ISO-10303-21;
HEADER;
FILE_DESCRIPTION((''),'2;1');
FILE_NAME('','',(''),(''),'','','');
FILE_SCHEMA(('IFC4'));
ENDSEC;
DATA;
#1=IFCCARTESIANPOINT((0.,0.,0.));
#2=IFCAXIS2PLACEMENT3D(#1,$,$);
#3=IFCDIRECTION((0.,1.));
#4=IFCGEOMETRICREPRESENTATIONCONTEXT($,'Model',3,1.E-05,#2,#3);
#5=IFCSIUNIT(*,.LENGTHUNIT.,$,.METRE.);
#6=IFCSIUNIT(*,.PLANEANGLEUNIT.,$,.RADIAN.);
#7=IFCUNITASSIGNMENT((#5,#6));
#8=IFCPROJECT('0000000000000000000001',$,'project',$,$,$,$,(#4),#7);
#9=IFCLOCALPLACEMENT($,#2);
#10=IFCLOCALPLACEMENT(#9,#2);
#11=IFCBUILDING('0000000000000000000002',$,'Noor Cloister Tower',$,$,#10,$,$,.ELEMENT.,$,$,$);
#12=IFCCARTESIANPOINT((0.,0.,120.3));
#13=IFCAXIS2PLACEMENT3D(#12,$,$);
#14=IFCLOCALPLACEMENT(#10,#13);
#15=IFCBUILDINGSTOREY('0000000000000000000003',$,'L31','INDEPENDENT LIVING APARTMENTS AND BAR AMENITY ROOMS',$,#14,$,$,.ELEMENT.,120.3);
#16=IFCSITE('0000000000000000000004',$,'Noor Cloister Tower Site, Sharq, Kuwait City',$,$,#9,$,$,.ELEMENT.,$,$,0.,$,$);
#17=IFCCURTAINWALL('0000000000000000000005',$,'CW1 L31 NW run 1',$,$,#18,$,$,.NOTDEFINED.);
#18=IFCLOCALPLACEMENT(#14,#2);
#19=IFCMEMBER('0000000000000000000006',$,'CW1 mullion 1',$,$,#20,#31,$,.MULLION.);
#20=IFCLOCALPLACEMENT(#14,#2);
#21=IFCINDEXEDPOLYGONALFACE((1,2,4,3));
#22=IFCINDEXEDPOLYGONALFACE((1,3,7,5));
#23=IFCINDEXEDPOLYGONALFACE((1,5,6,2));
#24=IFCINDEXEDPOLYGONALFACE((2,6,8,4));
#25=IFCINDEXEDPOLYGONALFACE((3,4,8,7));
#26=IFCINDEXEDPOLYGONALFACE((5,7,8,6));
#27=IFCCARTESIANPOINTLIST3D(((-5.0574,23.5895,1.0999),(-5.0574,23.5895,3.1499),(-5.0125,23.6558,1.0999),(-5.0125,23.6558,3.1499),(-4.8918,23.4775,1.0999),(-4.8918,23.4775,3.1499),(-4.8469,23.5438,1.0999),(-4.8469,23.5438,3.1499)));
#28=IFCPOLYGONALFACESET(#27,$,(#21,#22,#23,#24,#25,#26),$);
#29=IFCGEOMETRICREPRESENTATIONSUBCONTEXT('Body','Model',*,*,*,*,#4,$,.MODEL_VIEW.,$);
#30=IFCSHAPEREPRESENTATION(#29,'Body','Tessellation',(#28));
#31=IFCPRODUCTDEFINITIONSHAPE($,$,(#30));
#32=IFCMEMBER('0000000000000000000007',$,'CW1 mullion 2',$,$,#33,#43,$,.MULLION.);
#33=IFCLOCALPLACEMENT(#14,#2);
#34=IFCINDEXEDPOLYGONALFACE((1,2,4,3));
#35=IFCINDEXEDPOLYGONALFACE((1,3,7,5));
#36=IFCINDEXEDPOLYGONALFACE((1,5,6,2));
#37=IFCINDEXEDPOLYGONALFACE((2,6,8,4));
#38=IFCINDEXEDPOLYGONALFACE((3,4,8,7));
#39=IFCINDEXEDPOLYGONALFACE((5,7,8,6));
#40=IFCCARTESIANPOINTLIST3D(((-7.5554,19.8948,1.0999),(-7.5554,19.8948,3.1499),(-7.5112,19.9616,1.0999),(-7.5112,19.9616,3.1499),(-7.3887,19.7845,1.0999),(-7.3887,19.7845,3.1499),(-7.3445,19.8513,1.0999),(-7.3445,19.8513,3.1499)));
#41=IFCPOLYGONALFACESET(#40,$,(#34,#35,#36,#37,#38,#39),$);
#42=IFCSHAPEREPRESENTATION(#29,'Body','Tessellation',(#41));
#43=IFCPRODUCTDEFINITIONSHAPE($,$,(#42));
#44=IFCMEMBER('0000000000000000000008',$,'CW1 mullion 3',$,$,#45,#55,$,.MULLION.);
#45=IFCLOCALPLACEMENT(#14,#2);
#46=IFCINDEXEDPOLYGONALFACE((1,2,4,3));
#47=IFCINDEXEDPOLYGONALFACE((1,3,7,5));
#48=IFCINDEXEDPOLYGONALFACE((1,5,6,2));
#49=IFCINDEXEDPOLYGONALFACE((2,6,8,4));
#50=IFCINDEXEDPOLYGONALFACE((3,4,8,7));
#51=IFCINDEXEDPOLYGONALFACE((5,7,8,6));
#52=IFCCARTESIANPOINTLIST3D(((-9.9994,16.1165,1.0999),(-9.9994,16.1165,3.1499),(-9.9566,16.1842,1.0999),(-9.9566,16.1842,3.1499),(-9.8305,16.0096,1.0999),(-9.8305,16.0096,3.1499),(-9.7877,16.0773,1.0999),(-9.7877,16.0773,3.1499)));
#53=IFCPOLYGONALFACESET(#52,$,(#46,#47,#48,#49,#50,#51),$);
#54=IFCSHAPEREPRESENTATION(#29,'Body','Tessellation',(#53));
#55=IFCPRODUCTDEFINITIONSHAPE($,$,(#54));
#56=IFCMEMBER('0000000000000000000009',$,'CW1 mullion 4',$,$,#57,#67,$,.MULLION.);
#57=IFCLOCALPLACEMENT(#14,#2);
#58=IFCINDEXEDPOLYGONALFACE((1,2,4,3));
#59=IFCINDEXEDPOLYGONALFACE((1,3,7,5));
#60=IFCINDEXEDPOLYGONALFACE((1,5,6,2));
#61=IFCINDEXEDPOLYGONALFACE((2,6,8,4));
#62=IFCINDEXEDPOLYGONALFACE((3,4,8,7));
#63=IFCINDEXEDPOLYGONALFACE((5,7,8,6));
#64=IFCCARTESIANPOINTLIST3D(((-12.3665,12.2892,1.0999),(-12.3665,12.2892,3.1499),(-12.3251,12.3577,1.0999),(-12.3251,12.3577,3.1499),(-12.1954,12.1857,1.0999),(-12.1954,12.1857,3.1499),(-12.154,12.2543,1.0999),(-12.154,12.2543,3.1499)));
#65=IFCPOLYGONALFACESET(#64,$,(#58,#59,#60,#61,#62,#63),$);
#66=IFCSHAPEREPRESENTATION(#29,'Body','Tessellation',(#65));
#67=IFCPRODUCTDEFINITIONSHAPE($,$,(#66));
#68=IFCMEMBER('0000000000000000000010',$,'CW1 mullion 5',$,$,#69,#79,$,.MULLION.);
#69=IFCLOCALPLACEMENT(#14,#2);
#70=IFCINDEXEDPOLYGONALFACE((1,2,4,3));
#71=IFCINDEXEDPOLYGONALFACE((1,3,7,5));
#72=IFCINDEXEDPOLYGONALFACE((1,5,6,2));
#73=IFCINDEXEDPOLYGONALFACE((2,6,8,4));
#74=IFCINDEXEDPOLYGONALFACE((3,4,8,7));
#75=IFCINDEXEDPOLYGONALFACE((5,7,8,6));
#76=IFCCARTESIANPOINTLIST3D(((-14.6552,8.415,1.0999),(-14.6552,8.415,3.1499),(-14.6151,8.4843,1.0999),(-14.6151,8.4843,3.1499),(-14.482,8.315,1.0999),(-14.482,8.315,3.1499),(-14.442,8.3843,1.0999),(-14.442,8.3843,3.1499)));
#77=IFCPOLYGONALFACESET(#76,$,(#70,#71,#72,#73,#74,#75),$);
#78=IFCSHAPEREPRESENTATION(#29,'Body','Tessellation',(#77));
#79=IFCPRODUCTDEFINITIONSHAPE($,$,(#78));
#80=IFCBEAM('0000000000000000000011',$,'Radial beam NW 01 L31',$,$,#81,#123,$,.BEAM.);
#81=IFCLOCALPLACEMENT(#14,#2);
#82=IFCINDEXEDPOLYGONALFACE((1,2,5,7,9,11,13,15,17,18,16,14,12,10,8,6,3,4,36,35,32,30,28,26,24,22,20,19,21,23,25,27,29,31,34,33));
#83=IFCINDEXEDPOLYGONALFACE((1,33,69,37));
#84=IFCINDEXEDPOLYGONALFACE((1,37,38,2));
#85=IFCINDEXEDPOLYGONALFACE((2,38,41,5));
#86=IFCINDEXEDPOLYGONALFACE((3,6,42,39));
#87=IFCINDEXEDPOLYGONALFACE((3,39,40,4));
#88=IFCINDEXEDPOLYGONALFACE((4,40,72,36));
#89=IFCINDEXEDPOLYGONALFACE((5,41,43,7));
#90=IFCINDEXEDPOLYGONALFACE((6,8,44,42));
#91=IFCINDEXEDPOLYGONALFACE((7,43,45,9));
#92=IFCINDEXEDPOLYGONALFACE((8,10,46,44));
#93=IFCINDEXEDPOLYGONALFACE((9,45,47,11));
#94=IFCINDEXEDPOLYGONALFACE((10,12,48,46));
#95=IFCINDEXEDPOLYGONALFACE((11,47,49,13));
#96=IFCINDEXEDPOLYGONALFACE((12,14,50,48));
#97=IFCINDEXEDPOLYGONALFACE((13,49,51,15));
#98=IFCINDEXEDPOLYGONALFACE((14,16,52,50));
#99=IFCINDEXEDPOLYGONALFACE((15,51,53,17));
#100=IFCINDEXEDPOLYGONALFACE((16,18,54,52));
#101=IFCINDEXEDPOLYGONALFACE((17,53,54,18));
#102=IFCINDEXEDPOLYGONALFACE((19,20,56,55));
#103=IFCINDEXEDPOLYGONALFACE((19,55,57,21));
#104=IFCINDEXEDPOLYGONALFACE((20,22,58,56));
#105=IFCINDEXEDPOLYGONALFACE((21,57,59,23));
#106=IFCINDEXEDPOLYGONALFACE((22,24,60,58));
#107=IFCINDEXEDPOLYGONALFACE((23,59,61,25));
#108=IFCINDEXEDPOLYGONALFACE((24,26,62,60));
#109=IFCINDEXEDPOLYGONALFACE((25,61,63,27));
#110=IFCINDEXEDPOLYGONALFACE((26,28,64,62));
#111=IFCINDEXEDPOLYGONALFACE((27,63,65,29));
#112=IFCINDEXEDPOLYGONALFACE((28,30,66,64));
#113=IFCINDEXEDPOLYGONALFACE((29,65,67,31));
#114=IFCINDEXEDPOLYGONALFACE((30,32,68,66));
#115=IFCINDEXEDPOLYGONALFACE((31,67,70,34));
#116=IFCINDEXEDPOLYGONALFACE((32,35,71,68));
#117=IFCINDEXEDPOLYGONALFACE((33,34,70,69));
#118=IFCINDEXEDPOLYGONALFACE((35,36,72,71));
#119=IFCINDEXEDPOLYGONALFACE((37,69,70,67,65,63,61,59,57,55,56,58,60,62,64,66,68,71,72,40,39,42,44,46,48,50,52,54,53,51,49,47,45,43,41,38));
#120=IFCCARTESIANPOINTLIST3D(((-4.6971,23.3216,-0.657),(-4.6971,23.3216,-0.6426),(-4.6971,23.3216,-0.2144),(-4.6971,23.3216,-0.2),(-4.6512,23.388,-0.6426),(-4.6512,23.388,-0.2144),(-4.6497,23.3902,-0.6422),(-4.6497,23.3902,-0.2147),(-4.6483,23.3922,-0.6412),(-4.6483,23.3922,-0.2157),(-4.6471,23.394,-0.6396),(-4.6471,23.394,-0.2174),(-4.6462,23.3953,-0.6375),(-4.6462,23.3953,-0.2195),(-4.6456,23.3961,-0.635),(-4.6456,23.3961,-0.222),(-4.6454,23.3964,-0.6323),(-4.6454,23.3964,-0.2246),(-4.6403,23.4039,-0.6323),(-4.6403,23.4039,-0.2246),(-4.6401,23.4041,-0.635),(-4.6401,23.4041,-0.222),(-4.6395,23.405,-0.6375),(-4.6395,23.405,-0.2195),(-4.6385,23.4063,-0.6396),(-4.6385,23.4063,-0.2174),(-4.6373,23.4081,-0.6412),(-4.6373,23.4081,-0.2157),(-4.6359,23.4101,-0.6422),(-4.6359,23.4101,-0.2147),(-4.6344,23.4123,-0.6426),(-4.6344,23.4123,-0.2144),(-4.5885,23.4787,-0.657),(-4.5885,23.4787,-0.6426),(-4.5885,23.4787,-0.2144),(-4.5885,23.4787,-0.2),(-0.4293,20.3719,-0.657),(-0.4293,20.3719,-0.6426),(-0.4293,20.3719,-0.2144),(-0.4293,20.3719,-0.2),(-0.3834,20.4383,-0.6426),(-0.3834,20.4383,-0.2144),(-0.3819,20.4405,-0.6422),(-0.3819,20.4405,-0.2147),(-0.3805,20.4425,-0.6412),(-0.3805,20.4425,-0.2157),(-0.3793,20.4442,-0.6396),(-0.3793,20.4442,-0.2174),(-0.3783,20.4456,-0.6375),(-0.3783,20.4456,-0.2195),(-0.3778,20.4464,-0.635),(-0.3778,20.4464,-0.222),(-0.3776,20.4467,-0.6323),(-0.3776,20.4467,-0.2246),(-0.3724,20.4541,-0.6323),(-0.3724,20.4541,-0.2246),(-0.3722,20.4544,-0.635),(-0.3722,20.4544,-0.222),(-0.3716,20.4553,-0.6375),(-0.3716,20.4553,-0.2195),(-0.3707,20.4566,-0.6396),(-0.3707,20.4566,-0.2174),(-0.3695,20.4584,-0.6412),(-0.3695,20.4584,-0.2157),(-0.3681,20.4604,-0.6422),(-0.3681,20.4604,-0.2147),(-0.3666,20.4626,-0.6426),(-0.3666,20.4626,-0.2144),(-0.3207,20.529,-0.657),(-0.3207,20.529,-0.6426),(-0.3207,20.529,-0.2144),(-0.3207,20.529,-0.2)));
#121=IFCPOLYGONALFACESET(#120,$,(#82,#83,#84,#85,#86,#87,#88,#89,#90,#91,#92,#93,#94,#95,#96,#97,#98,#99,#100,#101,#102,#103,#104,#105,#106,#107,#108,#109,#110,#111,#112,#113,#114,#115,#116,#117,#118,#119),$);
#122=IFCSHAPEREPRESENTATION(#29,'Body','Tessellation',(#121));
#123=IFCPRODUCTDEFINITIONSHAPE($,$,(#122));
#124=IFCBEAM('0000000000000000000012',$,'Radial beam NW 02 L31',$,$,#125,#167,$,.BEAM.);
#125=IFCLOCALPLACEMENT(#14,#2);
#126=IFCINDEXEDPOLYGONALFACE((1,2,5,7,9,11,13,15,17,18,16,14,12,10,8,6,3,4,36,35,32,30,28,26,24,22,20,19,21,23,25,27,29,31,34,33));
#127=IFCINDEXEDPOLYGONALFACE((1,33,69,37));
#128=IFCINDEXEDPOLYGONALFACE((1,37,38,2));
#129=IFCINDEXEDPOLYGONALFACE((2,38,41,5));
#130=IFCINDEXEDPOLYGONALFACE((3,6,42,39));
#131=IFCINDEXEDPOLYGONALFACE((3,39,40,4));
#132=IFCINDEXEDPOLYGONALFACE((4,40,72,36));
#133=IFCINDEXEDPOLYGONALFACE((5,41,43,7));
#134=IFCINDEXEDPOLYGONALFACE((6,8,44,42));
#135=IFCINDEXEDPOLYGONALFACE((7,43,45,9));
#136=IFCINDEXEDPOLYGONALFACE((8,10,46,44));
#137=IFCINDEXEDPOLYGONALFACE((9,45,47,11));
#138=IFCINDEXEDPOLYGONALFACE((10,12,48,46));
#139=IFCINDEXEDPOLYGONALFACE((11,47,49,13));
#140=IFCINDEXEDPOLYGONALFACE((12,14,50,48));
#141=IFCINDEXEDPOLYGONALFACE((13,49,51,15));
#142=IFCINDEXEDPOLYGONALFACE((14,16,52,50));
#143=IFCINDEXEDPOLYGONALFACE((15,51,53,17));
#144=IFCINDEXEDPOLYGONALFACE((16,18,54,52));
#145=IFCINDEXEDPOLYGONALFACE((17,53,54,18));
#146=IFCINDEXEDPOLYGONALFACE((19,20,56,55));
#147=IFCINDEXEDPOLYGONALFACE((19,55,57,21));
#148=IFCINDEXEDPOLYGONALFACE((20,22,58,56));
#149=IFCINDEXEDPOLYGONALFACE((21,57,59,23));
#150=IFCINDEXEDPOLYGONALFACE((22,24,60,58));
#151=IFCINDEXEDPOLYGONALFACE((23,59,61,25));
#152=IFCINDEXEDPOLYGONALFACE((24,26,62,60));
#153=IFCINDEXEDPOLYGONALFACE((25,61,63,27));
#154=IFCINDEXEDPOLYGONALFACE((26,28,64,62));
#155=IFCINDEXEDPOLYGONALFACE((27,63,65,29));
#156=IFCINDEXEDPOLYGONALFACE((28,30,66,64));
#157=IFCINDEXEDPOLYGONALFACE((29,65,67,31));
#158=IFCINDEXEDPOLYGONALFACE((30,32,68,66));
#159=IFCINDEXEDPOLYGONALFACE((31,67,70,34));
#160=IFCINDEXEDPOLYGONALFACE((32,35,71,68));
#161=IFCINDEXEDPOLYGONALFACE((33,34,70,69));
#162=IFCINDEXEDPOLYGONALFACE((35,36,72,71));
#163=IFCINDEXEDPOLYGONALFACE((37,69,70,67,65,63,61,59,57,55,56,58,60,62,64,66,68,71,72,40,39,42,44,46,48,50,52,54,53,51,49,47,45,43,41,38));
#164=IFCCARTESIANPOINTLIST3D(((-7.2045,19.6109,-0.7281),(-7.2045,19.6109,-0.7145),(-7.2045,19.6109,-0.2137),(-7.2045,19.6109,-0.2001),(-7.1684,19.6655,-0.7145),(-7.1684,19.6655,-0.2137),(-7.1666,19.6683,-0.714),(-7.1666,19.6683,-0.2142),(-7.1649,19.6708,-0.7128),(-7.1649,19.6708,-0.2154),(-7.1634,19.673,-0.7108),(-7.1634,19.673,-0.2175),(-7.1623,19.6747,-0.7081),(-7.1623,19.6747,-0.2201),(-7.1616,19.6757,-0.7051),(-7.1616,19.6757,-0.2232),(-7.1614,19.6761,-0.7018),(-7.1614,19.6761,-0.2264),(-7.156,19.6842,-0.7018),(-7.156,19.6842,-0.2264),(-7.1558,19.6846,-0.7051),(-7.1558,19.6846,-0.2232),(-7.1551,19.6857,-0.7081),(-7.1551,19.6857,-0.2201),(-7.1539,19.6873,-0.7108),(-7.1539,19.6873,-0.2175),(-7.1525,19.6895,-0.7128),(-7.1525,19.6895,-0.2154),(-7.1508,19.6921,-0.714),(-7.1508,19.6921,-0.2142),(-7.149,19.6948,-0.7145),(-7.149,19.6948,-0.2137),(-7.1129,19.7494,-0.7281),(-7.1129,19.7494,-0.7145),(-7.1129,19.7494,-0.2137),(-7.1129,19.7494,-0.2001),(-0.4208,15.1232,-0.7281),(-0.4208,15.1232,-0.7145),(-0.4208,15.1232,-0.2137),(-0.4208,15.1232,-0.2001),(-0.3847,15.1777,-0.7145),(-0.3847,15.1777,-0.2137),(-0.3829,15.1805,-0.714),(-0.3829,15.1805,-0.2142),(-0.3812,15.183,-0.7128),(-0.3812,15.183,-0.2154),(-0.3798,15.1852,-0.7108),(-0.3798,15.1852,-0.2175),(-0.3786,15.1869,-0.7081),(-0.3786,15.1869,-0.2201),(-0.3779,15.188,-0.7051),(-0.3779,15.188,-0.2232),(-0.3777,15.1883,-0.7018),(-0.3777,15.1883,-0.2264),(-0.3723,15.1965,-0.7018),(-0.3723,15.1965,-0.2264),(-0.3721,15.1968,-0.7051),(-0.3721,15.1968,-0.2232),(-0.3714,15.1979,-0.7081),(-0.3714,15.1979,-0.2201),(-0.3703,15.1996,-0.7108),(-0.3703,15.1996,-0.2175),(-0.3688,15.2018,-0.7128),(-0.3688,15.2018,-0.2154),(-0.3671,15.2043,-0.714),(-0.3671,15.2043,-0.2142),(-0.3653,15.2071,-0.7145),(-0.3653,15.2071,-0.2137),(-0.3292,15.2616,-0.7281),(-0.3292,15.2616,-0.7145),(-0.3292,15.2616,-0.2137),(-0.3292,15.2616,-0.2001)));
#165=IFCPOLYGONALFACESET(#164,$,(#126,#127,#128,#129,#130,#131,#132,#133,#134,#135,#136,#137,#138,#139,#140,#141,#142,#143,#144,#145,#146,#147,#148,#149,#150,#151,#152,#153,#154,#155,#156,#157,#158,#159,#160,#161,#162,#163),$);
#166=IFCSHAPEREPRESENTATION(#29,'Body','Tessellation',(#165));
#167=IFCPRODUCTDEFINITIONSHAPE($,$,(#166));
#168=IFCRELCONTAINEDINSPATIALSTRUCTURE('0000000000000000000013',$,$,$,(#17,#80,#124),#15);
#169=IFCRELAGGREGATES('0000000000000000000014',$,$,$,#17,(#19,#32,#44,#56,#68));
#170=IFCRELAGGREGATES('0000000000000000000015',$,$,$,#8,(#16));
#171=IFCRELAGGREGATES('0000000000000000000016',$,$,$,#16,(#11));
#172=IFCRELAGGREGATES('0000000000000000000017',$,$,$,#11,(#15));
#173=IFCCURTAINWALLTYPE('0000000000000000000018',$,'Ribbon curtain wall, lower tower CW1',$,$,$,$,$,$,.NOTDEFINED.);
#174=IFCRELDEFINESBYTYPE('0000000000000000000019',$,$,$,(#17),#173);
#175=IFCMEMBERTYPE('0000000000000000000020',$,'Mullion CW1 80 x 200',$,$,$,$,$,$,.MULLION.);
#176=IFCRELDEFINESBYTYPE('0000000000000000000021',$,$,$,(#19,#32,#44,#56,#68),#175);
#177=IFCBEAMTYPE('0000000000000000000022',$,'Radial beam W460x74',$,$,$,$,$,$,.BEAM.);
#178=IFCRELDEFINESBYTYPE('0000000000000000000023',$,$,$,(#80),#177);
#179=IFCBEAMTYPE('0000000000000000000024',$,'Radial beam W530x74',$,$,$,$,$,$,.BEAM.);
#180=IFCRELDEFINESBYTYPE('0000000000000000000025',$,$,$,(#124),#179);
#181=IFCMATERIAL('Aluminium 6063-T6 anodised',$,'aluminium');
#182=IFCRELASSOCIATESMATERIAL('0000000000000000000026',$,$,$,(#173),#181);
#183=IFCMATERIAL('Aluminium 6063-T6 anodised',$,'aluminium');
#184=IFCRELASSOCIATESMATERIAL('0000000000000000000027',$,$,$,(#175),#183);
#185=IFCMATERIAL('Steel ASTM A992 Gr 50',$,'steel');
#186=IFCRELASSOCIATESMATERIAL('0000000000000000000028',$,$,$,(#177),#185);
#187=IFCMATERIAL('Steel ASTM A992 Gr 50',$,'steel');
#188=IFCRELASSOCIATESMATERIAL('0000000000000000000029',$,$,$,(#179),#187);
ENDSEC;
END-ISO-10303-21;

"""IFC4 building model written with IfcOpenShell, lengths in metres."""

from ifc_helpers import new_model, si_unit, direction, frame, origin, origin_2d, place, context, subcontext, project, spatial, rectangle, i_section, extrude, material, material_profile, profile_set, type_object, element, aggregate, save


model = new_model("IFC4")

# Units and contexts
model_context = context("Model", 3, precision=1e-05, world=origin(), true_north=direction((0.0, 1.0)))
body_context = subcontext(model_context, "Body", "Model", "MODEL_VIEW")
ifc_project = project(units=[si_unit("LENGTHUNIT", "METRE"), si_unit("PLANEANGLEUNIT", "RADIAN")], contexts=[model_context])

# Site, building, storey
site_placement = place(None, origin())
site = spatial("IfcSite", under=ifc_project, at=site_placement, Name="Noor Cloister Tower Site, Sharq, Kuwait City", CompositionType="ELEMENT", RefElevation=0.0)
building_placement = place(site_placement, origin())
building = spatial("IfcBuilding", under=site, at=building_placement, Name="Noor Cloister Tower", CompositionType="ELEMENT")
storey_placement = place(building_placement, frame((0.0, 0.0, 120.3)))
storey = spatial("IfcBuildingStorey", under=building, at=storey_placement, Name="L31", Description="INDEPENDENT LIVING APARTMENTS AND BAR AMENITY ROOMS", CompositionType="ELEMENT", Elevation=120.3)

# Curtain wall, members
ifc_material_1 = material(Name="Aluminium 6063-T6 anodised", Category="aluminium")
curtain_wall_type = type_object("IfcCurtainWallType", Name="Ribbon curtain wall, lower tower CW1", PredefinedType="NOTDEFINED", material=ifc_material_1)
curtain_wall_placement = place(storey_placement, origin())
curtain_wall = element("IfcCurtainWall", 1, at=curtain_wall_placement, inside=storey, type_object=curtain_wall_type, Name="CW1 L31 NW run 1", PredefinedType="NOTDEFINED")
ifc_material_2 = material(Name="Aluminium 6063-T6 anodised", Category="aluminium")
ifc_material_profile_1 = material_profile(ifc_material_2, rectangle(XDim=0.2, YDim=0.0801, at=origin_2d()), Name="200 x 80 mullion")
ifc_profile_set_1 = profile_set([ifc_material_profile_1], Name="Aluminium 6063-T6 anodised")
member_type = type_object("IfcMemberType", Name="Mullion CW1 80 x 200", PredefinedType="MULLION", material=ifc_profile_set_1)
member_1_placement = place(storey_placement, frame((-4.9521, 23.5667, 1.0999), z_axis=(0.0, 0.0, 1.0), x_axis=(0.828356, -0.560203, 0.0)))
member_1 = element("IfcMember", 2, at=member_1_placement, type_object=member_type, Name="CW1 mullion 1", PredefinedType="MULLION", context=body_context, shape_type="SweptSolid", body=[
    extrude(rectangle(XDim=0.2, YDim=0.0801, at=origin_2d()), origin(), (0.0, 0.0, 1.0), 2.05),
])
member_2_placement = place(storey_placement, frame((-7.45, 19.873, 1.0999), z_axis=(0.0, 0.0, 1.0), x_axis=(0.833997, -0.551768, 0.0)))
member_2 = element("IfcMember", 3, at=member_2_placement, type_object=member_type, Name="CW1 mullion 2", PredefinedType="MULLION", context=body_context, shape_type="SweptSolid", body=[
    extrude(rectangle(XDim=0.2, YDim=0.0801, at=origin_2d()), origin(), (0.0, 0.0, 1.0), 2.05),
])
member_3_placement = place(storey_placement, frame((-9.8936, 16.0969, 1.0999), z_axis=(0.0, 0.0, 1.0), x_axis=(0.845023, -0.53473, 0.0)))
member_3 = element("IfcMember", 4, at=member_3_placement, type_object=member_type, Name="CW1 mullion 3", PredefinedType="MULLION", context=body_context, shape_type="SweptSolid", body=[
    extrude(rectangle(XDim=0.2, YDim=0.0801, at=origin_2d()), origin(), (0.0, 0.0, 1.0), 2.05),
])
member_4_placement = place(storey_placement, frame((-12.2603, 12.2717, 1.0999), z_axis=(0.0, 0.0, 1.0), x_axis=(0.8557, -0.517472, 0.0)))
member_4 = element("IfcMember", 5, at=member_4_placement, type_object=member_type, Name="CW1 mullion 4", PredefinedType="MULLION", context=body_context, shape_type="SweptSolid", body=[
    extrude(rectangle(XDim=0.2, YDim=0.0801, at=origin_2d()), origin(), (0.0, 0.0, 1.0), 2.05),
])
member_5_placement = place(storey_placement, frame((-14.5486, 8.3997, 1.0999), z_axis=(0.0, 0.0, 1.0), x_axis=(0.866025, -0.5, 0.0)))
member_5 = element("IfcMember", 6, at=member_5_placement, type_object=member_type, Name="CW1 mullion 5", PredefinedType="MULLION", context=body_context, shape_type="SweptSolid", body=[
    extrude(rectangle(XDim=0.2, YDim=0.0801, at=origin_2d()), origin(), (0.0, 0.0, 1.0), 2.05),
])

# Beams
ifc_material_3 = material(Name="Steel ASTM A992 Gr 50", Category="steel")
ifc_material_profile_2 = material_profile(ifc_material_3, i_section(OverallWidth=0.1909, OverallDepth=0.457, WebThickness=0.009, FlangeThickness=0.0144, FilletRadius=0.0103, at=origin_2d()), Name="W460x74")
ifc_profile_set_2 = profile_set([ifc_material_profile_2], Name="Steel ASTM A992 Gr 50")
beam_type_1 = type_object("IfcBeamType", Name="Radial beam W460x74", PredefinedType="BEAM", material=ifc_profile_set_2)
beam_1_placement = place(storey_placement, frame((-4.6428, 23.4001, -0.4285), z_axis=(0.822637, -0.568566, 0.0), x_axis=(0.568566, 0.822637, 0.0)))
element("IfcBeam", 7, at=beam_1_placement, inside=storey, type_object=beam_type_1, Name="Radial beam NW 01 L31", PredefinedType="BEAM", context=body_context, shape_type="SweptSolid", body=[
    extrude(i_section(OverallWidth=0.1909, OverallDepth=0.457, WebThickness=0.009, FlangeThickness=0.0144, FilletRadius=0.0103, at=origin_2d()), origin(), (0.0, 0.0, 1.0), 5.188),
])
ifc_material_4 = material(Name="Steel ASTM A992 Gr 50", Category="steel")
ifc_material_profile_3 = material_profile(ifc_material_4, i_section(OverallWidth=0.166, OverallDepth=0.5281, WebThickness=0.0098, FlangeThickness=0.0137, FilletRadius=0.0127, at=origin_2d()), Name="W530x74")
ifc_profile_set_3 = profile_set([ifc_material_profile_3], Name="Steel ASTM A992 Gr 50")
beam_type_2 = type_object("IfcBeamType", Name="Radial beam W530x74", PredefinedType="BEAM", material=ifc_profile_set_3)
beam_2_placement = place(storey_placement, frame((-7.1587, 19.6802, -0.4641), z_axis=(0.834012, -0.551746, 0.0), x_axis=(0.551746, 0.834012, 0.0)))
element("IfcBeam", 8, at=beam_2_placement, inside=storey, type_object=beam_type_2, Name="Radial beam NW 02 L31", PredefinedType="BEAM", context=body_context, shape_type="SweptSolid", body=[
    extrude(i_section(OverallWidth=0.166, OverallDepth=0.5281, WebThickness=0.0098, FlangeThickness=0.0137, FilletRadius=0.0127, at=origin_2d()), origin(), (0.0, 0.0, 1.0), 8.1338),
])

aggregate(curtain_wall, [member_1, member_2, member_3, member_4, member_5])

save(model, "model.ifc")
